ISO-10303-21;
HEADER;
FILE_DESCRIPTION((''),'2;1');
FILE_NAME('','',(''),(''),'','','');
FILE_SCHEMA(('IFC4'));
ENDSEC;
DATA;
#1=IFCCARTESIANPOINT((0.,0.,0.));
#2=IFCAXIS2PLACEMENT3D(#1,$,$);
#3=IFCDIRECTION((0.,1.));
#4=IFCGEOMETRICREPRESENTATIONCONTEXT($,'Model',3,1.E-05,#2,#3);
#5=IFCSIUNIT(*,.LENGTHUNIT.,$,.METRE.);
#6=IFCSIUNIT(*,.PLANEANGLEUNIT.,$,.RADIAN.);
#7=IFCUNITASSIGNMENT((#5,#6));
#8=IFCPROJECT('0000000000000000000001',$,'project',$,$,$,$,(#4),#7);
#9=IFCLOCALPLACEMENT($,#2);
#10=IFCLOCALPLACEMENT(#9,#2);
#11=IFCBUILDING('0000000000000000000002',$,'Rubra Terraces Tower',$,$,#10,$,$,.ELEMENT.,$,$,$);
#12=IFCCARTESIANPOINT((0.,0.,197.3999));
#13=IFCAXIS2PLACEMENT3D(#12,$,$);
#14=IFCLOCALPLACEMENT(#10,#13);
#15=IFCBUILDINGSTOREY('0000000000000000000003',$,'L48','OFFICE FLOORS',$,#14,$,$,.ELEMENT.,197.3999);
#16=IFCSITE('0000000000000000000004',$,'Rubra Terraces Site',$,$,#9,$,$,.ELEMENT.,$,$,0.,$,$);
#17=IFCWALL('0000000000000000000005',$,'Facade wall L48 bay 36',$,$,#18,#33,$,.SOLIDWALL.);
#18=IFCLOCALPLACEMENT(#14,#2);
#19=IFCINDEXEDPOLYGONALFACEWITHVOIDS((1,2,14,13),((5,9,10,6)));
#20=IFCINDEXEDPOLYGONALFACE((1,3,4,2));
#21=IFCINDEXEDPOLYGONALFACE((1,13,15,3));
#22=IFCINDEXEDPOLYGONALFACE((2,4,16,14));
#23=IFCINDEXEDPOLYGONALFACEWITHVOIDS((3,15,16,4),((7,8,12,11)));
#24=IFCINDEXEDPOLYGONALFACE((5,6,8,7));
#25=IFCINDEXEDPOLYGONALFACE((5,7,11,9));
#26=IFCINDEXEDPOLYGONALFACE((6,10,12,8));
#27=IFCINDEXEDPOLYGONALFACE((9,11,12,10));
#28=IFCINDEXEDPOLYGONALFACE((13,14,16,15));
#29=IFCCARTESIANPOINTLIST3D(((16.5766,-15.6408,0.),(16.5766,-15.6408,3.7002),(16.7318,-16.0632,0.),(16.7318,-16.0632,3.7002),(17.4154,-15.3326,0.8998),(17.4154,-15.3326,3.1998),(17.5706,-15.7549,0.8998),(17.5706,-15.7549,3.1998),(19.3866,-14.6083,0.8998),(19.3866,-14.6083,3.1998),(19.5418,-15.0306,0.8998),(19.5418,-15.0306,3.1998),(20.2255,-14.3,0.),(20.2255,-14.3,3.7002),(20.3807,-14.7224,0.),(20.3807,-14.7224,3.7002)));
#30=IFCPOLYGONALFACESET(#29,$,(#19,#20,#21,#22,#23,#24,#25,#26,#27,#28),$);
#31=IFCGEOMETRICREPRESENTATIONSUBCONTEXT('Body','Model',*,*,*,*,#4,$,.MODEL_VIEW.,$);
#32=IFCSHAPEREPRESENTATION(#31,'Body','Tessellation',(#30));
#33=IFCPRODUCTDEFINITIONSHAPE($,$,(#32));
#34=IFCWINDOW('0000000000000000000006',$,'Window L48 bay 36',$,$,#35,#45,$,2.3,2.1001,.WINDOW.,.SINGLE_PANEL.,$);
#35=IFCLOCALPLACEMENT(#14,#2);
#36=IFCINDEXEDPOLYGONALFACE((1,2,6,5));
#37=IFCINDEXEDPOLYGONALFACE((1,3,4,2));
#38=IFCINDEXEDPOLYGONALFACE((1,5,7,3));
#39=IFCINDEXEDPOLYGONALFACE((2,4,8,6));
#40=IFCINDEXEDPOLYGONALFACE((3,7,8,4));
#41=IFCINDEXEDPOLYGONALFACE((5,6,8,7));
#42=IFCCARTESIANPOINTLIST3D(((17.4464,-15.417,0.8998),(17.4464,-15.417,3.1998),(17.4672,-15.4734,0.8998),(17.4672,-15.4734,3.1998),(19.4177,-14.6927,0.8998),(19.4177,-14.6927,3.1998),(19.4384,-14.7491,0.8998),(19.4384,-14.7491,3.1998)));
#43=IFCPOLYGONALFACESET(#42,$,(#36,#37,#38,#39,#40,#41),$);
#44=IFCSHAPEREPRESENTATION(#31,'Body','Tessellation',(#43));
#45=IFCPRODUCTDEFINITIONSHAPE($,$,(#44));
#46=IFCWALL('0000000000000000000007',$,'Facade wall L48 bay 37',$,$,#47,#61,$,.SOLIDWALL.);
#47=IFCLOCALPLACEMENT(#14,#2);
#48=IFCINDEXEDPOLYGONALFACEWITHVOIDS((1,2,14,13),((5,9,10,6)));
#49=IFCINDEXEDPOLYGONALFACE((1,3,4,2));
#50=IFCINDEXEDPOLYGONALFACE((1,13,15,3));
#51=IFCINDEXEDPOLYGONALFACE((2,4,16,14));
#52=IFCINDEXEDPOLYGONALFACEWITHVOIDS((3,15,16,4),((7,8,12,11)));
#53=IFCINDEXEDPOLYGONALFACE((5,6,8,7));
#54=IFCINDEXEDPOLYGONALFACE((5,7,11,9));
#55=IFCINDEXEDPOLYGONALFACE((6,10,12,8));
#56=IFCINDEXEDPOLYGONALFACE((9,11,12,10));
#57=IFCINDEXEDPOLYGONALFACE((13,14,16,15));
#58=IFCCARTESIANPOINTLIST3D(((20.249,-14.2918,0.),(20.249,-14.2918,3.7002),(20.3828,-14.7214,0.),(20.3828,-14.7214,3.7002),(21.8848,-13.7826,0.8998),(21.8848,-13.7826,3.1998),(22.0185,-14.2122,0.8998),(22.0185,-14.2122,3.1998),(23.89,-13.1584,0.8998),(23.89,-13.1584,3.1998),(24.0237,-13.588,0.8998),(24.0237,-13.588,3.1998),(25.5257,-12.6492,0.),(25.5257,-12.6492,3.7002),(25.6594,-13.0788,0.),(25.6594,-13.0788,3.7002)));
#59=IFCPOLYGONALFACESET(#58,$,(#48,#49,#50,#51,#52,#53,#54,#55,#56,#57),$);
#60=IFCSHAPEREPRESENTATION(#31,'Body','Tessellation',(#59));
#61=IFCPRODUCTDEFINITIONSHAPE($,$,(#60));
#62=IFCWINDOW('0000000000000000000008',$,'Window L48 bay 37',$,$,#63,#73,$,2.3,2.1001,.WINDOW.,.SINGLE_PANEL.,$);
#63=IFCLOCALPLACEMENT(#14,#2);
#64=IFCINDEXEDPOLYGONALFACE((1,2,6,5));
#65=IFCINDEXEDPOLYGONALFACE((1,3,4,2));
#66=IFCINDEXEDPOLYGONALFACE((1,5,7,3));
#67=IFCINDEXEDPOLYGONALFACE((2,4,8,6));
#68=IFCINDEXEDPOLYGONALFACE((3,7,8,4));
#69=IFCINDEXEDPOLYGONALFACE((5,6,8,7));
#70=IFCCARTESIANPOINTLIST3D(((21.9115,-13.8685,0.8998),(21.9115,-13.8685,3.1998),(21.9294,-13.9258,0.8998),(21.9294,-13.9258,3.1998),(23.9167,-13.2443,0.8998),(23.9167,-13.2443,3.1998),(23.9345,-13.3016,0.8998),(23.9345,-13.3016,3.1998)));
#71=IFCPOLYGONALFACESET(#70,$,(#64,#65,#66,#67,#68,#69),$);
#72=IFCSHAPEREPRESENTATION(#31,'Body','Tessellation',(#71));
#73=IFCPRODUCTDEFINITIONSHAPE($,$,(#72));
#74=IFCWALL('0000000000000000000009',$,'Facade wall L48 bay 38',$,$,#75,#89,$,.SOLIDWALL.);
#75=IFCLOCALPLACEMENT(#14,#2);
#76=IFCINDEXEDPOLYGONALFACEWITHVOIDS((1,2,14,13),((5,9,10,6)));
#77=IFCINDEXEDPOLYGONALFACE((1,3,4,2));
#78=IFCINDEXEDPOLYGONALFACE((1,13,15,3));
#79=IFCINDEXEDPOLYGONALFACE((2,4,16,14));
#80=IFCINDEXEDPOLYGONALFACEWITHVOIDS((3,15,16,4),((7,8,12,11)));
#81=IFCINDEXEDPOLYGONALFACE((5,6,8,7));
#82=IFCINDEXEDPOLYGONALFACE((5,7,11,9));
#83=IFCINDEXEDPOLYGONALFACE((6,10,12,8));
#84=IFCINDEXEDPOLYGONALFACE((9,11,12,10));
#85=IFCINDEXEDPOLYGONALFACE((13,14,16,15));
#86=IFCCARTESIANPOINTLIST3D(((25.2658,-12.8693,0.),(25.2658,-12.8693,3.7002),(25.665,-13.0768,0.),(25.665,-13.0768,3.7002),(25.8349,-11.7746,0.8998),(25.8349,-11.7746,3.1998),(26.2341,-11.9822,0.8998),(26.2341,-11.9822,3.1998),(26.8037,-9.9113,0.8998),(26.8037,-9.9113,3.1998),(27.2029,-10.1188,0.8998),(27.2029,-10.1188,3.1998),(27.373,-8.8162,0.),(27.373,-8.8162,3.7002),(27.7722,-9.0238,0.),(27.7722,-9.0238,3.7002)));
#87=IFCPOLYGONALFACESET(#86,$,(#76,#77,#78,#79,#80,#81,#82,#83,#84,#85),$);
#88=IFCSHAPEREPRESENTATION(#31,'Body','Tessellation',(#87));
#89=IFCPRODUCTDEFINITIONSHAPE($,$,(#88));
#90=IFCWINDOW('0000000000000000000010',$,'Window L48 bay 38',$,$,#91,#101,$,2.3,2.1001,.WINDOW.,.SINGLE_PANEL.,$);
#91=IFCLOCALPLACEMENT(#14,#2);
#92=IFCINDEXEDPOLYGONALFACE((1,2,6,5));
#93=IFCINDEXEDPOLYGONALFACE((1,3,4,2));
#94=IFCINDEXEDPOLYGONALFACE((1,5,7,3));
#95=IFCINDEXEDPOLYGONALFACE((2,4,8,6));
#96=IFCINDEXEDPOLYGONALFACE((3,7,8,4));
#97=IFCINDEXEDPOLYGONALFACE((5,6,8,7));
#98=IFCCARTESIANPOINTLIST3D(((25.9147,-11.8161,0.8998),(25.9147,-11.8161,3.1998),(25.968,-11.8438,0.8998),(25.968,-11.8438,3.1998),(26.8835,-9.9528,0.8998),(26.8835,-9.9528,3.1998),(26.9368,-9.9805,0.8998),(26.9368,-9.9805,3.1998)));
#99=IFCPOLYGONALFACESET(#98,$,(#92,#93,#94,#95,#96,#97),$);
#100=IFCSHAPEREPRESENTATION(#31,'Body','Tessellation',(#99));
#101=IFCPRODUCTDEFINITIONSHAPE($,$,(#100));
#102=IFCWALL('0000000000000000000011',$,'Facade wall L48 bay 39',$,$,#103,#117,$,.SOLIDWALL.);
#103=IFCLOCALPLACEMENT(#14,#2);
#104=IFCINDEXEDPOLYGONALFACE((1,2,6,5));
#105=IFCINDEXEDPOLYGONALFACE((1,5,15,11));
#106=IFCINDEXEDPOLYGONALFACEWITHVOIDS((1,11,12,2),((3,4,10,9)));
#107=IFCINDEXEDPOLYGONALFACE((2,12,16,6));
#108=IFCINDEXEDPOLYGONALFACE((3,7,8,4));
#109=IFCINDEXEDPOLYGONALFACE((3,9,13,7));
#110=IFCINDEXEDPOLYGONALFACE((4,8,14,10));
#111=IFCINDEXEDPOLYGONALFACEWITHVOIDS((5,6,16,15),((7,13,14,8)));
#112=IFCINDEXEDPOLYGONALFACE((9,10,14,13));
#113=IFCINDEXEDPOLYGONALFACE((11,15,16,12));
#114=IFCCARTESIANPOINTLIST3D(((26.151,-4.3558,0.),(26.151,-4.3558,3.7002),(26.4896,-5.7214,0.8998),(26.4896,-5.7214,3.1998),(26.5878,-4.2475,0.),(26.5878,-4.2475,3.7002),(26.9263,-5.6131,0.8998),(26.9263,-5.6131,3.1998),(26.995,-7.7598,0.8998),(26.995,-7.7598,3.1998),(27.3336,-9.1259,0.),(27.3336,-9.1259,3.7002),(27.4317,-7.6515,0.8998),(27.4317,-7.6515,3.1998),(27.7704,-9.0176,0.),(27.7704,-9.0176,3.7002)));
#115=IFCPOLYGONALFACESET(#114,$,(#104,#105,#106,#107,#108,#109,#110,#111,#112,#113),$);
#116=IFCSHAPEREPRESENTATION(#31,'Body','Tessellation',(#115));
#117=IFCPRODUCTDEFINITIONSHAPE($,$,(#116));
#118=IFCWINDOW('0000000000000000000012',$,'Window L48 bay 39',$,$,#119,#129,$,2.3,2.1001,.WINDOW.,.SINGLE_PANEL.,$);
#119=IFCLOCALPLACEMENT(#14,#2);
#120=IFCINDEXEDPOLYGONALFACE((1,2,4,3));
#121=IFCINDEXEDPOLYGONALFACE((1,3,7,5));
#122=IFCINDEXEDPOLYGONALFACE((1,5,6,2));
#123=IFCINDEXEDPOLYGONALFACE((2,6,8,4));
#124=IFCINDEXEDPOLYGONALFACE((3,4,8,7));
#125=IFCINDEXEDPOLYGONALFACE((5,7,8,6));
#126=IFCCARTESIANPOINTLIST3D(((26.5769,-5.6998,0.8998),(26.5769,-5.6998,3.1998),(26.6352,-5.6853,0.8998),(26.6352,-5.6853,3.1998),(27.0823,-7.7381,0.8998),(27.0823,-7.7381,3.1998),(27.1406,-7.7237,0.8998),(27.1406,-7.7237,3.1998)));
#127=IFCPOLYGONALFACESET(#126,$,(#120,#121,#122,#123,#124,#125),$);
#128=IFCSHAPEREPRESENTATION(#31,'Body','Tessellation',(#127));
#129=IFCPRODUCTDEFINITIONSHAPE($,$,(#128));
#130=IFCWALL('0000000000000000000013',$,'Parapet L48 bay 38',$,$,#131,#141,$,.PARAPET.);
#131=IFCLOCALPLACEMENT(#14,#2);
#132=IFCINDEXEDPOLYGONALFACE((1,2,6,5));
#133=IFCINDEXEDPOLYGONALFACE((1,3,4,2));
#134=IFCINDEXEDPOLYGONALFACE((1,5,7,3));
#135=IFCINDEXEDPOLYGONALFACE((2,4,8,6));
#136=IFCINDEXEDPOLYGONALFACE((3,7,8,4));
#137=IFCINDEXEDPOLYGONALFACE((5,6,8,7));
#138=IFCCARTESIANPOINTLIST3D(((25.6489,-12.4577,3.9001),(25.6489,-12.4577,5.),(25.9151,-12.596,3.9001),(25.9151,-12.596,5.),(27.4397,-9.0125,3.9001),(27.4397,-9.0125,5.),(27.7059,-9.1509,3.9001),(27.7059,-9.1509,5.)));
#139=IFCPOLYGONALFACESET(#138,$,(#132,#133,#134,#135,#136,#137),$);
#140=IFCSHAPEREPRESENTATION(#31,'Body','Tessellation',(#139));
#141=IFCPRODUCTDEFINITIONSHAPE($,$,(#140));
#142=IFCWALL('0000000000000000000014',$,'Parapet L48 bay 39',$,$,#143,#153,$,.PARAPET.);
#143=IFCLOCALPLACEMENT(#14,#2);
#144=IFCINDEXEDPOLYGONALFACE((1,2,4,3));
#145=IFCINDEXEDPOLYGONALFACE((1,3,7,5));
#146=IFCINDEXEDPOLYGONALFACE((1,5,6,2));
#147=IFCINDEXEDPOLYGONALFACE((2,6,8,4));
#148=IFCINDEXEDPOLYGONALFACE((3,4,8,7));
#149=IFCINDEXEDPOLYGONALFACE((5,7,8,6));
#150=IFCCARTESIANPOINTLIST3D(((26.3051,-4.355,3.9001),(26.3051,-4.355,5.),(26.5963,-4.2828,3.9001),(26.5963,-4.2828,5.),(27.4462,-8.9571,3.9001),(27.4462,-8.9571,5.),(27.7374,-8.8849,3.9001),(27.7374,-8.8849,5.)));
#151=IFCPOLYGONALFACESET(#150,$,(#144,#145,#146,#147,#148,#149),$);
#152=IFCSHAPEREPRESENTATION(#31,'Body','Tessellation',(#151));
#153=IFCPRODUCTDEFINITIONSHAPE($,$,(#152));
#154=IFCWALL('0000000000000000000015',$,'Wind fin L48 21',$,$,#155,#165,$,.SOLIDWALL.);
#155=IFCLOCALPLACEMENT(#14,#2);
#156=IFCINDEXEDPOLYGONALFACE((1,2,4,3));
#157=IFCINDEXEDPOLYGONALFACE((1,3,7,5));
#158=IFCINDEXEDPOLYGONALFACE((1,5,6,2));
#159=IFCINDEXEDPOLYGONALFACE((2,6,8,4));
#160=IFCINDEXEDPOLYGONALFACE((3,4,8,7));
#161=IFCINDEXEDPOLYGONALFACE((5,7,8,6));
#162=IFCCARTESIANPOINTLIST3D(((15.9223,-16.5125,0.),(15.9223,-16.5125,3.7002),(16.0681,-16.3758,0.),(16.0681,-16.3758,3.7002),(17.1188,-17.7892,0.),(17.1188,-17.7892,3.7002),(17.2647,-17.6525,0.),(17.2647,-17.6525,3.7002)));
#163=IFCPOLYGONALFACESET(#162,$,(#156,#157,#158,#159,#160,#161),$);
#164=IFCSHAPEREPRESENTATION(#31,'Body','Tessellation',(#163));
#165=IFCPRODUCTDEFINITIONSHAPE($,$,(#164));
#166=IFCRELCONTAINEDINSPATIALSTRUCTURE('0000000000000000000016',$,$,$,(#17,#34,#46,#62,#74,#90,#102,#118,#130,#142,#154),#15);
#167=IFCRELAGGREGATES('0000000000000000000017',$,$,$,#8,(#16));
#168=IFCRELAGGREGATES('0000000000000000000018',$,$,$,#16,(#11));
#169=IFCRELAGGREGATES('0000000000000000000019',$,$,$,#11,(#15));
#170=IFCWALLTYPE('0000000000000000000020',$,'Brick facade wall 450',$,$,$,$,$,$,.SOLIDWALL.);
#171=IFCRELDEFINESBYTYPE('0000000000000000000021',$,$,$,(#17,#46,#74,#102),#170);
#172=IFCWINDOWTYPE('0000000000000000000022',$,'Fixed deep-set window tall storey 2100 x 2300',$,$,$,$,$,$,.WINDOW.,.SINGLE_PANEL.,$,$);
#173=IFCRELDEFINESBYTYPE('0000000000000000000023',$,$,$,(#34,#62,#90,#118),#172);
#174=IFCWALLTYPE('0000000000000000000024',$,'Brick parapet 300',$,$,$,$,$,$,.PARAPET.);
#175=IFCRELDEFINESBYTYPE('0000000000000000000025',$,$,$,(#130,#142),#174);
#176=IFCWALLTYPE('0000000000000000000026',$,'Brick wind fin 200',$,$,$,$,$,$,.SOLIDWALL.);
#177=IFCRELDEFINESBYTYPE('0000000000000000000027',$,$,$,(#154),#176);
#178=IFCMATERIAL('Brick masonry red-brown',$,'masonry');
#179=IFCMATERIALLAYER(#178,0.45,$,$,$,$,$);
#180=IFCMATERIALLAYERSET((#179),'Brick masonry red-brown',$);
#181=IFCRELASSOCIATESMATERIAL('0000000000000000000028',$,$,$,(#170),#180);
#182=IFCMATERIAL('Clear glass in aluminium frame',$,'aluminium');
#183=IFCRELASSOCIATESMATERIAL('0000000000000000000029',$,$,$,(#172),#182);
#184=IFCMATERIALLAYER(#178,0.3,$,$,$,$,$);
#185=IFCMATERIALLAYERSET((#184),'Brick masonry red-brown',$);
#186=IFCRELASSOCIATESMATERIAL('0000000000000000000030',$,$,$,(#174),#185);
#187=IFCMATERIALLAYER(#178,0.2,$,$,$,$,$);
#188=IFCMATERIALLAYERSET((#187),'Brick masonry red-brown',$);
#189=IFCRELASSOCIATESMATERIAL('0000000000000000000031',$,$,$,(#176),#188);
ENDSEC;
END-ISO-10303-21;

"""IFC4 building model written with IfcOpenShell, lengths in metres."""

from ifc_helpers import new_model, si_unit, direction, frame, frame_2d, origin, place, context, subcontext, project, spatial, rectangle, extrude, material, layer, layer_set, type_object, element, fill, save


model = new_model("IFC4")

# Units and contexts
model_context = context("Model", 3, precision=1e-05, world=origin(), true_north=direction((0.0, 1.0)))
body_context = subcontext(model_context, "Body", "Model", "MODEL_VIEW")
ifc_project = project(units=[si_unit("LENGTHUNIT", "METRE"), si_unit("PLANEANGLEUNIT", "RADIAN")], contexts=[model_context])

# Site, building, storey
site_placement = place(None, origin())
site = spatial("IfcSite", under=ifc_project, at=site_placement, Name="Rubra Terraces Site", CompositionType="ELEMENT", RefElevation=0.0)
building_placement = place(site_placement, origin())
building = spatial("IfcBuilding", under=site, at=building_placement, Name="Rubra Terraces Tower", CompositionType="ELEMENT")
storey_placement = place(building_placement, frame((0.0, 0.0, 197.3999)))
storey = spatial("IfcBuildingStorey", under=building, at=storey_placement, Name="L48", Description="OFFICE FLOORS", CompositionType="ELEMENT", Elevation=197.3999)

# Walls, openings, windows
ifc_material_1 = material(Name="Brick masonry red-brown", Category="masonry")
ifc_layer_1 = layer(ifc_material_1, 0.45)
ifc_layer_set_1 = layer_set([ifc_layer_1], Name="Brick masonry red-brown")
wall_type_1 = type_object("IfcWallType", Name="Brick facade wall 450", PredefinedType="SOLIDWALL", material=ifc_layer_set_1)
wall_1_placement = place(storey_placement, frame((16.6541, -15.8521, 0.0), z_axis=(0.0, 0.0, 1.0), x_axis=(0.938637, 0.344908, 0.0)))
wall_1 = element("IfcWall", 1, at=wall_1_placement, inside=storey, type_object=wall_type_1, Name="Facade wall L48 bay 36", PredefinedType="SOLIDWALL", context=body_context, shape_type="SweptSolid", body=[
    extrude(rectangle(XDim=3.8875, YDim=0.45, at=frame_2d((1.9438, 0.0))), origin(), (0.0, 0.0, 1.0), 3.7002),
])
opening_1_placement = place(wall_1_placement, frame((0.8938, 0.0, 0.8999)))
opening_1 = element("IfcOpeningElement", 2, at=opening_1_placement, cuts=wall_1, PredefinedType="OPENING", context=body_context, shape_type="SweptSolid", body=[
    extrude(rectangle(XDim=2.1001, YDim=2.3, at=frame_2d((1.05, 1.1499))), frame((0.0, 0.2349, 0.0), z_axis=(0.0, -1.0, 0.0), x_axis=(1.0, 0.0, 0.0)), (0.0, 0.0, 1.0), 0.47),
])
ifc_material_2 = material(Name="Clear glass in aluminium frame", Category="aluminium")
window_type = type_object("IfcWindowType", Name="Fixed deep-set window tall storey 2100 x 2300", PartitioningType="SINGLE_PANEL", PredefinedType="WINDOW", material=ifc_material_2)
window_1_placement = place(opening_1_placement, origin())
window_1 = element("IfcWindow", 3, at=window_1_placement, inside=storey, type_object=window_type, Name="Window L48 bay 36", OverallHeight=2.3, OverallWidth=2.1001, PartitioningType="SINGLE_PANEL", PredefinedType="WINDOW", context=body_context, shape_type="SweptSolid", body=[
    extrude(rectangle(XDim=2.1001, YDim=2.3, at=frame_2d((1.05, 1.1499))), frame((0.0, 0.135, 0.0), z_axis=(0.0, -1.0, 0.0), x_axis=(1.0, 0.0, 0.0)), (0.0, 0.0, 1.0), 0.0601),
])
fill(opening_1, window_1)
wall_2_placement = place(storey_placement, frame((20.3159, -14.5066, 0.0), z_axis=(0.0, 0.0, 1.0), x_axis=(0.954807, 0.297226, 0.0)))
wall_2 = element("IfcWall", 4, at=wall_2_placement, inside=storey, type_object=wall_type_1, Name="Facade wall L48 bay 37", PredefinedType="SOLIDWALL", context=body_context, shape_type="SweptSolid", body=[
    extrude(rectangle(XDim=5.5264, YDim=0.45, at=frame_2d((2.7632, 0.0))), origin(), (0.0, 0.0, 1.0), 3.7002),
])
opening_2_placement = place(wall_2_placement, frame((1.7131, 0.0, 0.8999)))
opening_2 = element("IfcOpeningElement", 5, at=opening_2_placement, cuts=wall_2, PredefinedType="OPENING", context=body_context, shape_type="SweptSolid", body=[
    extrude(rectangle(XDim=2.1001, YDim=2.3, at=frame_2d((1.05, 1.1499))), frame((0.0, 0.2349, 0.0), z_axis=(0.0, -1.0, 0.0), x_axis=(1.0, 0.0, 0.0)), (0.0, 0.0, 1.0), 0.47),
])
window_2_placement = place(opening_2_placement, origin())
window_2 = element("IfcWindow", 6, at=window_2_placement, inside=storey, type_object=window_type, Name="Window L48 bay 37", OverallHeight=2.3, OverallWidth=2.1001, PartitioningType="SINGLE_PANEL", PredefinedType="WINDOW", context=body_context, shape_type="SweptSolid", body=[
    extrude(rectangle(XDim=2.1001, YDim=2.3, at=frame_2d((1.05, 1.1499))), frame((0.0, 0.135, 0.0), z_axis=(0.0, -1.0, 0.0), x_axis=(1.0, 0.0, 0.0)), (0.0, 0.0, 1.0), 0.0601),
])
fill(opening_2, window_2)
wall_3_placement = place(storey_placement, frame((25.4653, -12.9731, 0.0), z_axis=(0.0, 0.0, 1.0), x_axis=(0.461289, 0.88725, 0.0)))
wall_3 = element("IfcWall", 7, at=wall_3_placement, inside=storey, type_object=wall_type_1, Name="Facade wall L48 bay 38", PredefinedType="SOLIDWALL", context=body_context, shape_type="SweptSolid", body=[
    extrude(rectangle(XDim=4.5681, YDim=0.45, at=frame_2d((2.2842, 0.0))), origin(), (0.0, 0.0, 1.0), 3.7002),
])
opening_3_placement = place(wall_3_placement, frame((1.2339, 0.0, 0.8999)))
opening_3 = element("IfcOpeningElement", 8, at=opening_3_placement, cuts=wall_3, PredefinedType="OPENING", context=body_context, shape_type="SweptSolid", body=[
    extrude(rectangle(XDim=2.1001, YDim=2.3, at=frame_2d((1.05, 1.1499))), frame((0.0, 0.2349, 0.0), z_axis=(0.0, -1.0, 0.0), x_axis=(1.0, 0.0, 0.0)), (0.0, 0.0, 1.0), 0.47),
])
window_3_placement = place(opening_3_placement, origin())
window_3 = element("IfcWindow", 9, at=window_3_placement, inside=storey, type_object=window_type, Name="Window L48 bay 38", OverallHeight=2.3, OverallWidth=2.1001, PartitioningType="SINGLE_PANEL", PredefinedType="WINDOW", context=body_context, shape_type="SweptSolid", body=[
    extrude(rectangle(XDim=2.1001, YDim=2.3, at=frame_2d((1.05, 1.1499))), frame((0.0, 0.135, 0.0), z_axis=(0.0, -1.0, 0.0), x_axis=(1.0, 0.0, 0.0)), (0.0, 0.0, 1.0), 0.0601),
])
fill(opening_3, window_3)
wall_4_placement = place(storey_placement, frame((27.552, -9.0718, 0.0), z_axis=(0.0, 0.0, 1.0), x_axis=(-0.24063, 0.970617, 0.0)))
wall_4 = element("IfcWall", 10, at=wall_4_placement, inside=storey, type_object=wall_type_1, Name="Facade wall L48 bay 39", PredefinedType="SOLIDWALL", context=body_context, shape_type="SweptSolid", body=[
    extrude(rectangle(XDim=4.9146, YDim=0.45, at=frame_2d((2.4573, 0.0))), origin(), (0.0, 0.0, 1.0), 3.7002),
])
opening_4_placement = place(wall_4_placement, frame((1.4075, 0.0, 0.8999)))
opening_4 = element("IfcOpeningElement", 11, at=opening_4_placement, cuts=wall_4, PredefinedType="OPENING", context=body_context, shape_type="SweptSolid", body=[
    extrude(rectangle(XDim=2.1001, YDim=2.3, at=frame_2d((1.05, 1.1499))), frame((0.0, 0.2349, 0.0), z_axis=(0.0, -1.0, 0.0), x_axis=(1.0, 0.0, 0.0)), (0.0, 0.0, 1.0), 0.47),
])
window_4_placement = place(opening_4_placement, origin())
window_4 = element("IfcWindow", 12, at=window_4_placement, inside=storey, type_object=window_type, Name="Window L48 bay 39", OverallHeight=2.3, OverallWidth=2.1001, PartitioningType="SINGLE_PANEL", PredefinedType="WINDOW", context=body_context, shape_type="SweptSolid", body=[
    extrude(rectangle(XDim=2.1001, YDim=2.3, at=frame_2d((1.05, 1.1499))), frame((0.0, 0.135, 0.0), z_axis=(0.0, -1.0, 0.0), x_axis=(1.0, 0.0, 0.0)), (0.0, 0.0, 1.0), 0.0601),
])
fill(opening_4, window_4)

# Walls
ifc_layer_2 = layer(ifc_material_1, 0.3)
ifc_layer_set_2 = layer_set([ifc_layer_2], Name="Brick masonry red-brown")
wall_type_2 = type_object("IfcWallType", Name="Brick parapet 300", PredefinedType="PARAPET", material=ifc_layer_set_2)
wall_5_placement = place(storey_placement, frame((25.782, -12.5269, 3.9001), z_axis=(0.0, 0.0, 1.0), x_axis=(0.461218, 0.887287, 0.0)))
element("IfcWall", 13, at=wall_5_placement, inside=storey, type_object=wall_type_2, Name="Parapet L48 bay 38", PredefinedType="PARAPET", context=body_context, shape_type="SweptSolid", body=[
    extrude(rectangle(XDim=3.8828, YDim=0.3, at=frame_2d((1.9414, 0.0))), origin(), (0.0, 0.0, 1.0), 1.0999),
])
wall_6_placement = place(storey_placement, frame((27.5918, -8.9209, 3.9001), z_axis=(0.0, 0.0, 1.0), x_axis=(-0.240669, 0.970607, 0.0)))
element("IfcWall", 14, at=wall_6_placement, inside=storey, type_object=wall_type_2, Name="Parapet L48 bay 39", PredefinedType="PARAPET", context=body_context, shape_type="SweptSolid", body=[
    extrude(rectangle(XDim=4.7415, YDim=0.3, at=frame_2d((2.3706, 0.0))), origin(), (0.0, 0.0, 1.0), 1.0999),
])
ifc_layer_3 = layer(ifc_material_1, 0.2)
ifc_layer_set_3 = layer_set([ifc_layer_3], Name="Brick masonry red-brown")
wall_type_3 = type_object("IfcWallType", Name="Brick wind fin 200", PredefinedType="SOLIDWALL", material=ifc_layer_set_3)
wall_7_placement = place(storey_placement, frame((15.9951, -16.4441, 0.0), z_axis=(0.0, 0.0, 1.0), x_axis=(0.683853, -0.72962, 0.0)))
element("IfcWall", 15, at=wall_7_placement, inside=storey, type_object=wall_type_3, Name="Wind fin L48 21", PredefinedType="SOLIDWALL", context=body_context, shape_type="SweptSolid", body=[
    extrude(rectangle(XDim=1.7498, YDim=0.2, at=frame_2d((0.875, 0.0))), origin(), (0.0, 0.0, 1.0), 3.7002),
])

save(model, "model.ifc")
